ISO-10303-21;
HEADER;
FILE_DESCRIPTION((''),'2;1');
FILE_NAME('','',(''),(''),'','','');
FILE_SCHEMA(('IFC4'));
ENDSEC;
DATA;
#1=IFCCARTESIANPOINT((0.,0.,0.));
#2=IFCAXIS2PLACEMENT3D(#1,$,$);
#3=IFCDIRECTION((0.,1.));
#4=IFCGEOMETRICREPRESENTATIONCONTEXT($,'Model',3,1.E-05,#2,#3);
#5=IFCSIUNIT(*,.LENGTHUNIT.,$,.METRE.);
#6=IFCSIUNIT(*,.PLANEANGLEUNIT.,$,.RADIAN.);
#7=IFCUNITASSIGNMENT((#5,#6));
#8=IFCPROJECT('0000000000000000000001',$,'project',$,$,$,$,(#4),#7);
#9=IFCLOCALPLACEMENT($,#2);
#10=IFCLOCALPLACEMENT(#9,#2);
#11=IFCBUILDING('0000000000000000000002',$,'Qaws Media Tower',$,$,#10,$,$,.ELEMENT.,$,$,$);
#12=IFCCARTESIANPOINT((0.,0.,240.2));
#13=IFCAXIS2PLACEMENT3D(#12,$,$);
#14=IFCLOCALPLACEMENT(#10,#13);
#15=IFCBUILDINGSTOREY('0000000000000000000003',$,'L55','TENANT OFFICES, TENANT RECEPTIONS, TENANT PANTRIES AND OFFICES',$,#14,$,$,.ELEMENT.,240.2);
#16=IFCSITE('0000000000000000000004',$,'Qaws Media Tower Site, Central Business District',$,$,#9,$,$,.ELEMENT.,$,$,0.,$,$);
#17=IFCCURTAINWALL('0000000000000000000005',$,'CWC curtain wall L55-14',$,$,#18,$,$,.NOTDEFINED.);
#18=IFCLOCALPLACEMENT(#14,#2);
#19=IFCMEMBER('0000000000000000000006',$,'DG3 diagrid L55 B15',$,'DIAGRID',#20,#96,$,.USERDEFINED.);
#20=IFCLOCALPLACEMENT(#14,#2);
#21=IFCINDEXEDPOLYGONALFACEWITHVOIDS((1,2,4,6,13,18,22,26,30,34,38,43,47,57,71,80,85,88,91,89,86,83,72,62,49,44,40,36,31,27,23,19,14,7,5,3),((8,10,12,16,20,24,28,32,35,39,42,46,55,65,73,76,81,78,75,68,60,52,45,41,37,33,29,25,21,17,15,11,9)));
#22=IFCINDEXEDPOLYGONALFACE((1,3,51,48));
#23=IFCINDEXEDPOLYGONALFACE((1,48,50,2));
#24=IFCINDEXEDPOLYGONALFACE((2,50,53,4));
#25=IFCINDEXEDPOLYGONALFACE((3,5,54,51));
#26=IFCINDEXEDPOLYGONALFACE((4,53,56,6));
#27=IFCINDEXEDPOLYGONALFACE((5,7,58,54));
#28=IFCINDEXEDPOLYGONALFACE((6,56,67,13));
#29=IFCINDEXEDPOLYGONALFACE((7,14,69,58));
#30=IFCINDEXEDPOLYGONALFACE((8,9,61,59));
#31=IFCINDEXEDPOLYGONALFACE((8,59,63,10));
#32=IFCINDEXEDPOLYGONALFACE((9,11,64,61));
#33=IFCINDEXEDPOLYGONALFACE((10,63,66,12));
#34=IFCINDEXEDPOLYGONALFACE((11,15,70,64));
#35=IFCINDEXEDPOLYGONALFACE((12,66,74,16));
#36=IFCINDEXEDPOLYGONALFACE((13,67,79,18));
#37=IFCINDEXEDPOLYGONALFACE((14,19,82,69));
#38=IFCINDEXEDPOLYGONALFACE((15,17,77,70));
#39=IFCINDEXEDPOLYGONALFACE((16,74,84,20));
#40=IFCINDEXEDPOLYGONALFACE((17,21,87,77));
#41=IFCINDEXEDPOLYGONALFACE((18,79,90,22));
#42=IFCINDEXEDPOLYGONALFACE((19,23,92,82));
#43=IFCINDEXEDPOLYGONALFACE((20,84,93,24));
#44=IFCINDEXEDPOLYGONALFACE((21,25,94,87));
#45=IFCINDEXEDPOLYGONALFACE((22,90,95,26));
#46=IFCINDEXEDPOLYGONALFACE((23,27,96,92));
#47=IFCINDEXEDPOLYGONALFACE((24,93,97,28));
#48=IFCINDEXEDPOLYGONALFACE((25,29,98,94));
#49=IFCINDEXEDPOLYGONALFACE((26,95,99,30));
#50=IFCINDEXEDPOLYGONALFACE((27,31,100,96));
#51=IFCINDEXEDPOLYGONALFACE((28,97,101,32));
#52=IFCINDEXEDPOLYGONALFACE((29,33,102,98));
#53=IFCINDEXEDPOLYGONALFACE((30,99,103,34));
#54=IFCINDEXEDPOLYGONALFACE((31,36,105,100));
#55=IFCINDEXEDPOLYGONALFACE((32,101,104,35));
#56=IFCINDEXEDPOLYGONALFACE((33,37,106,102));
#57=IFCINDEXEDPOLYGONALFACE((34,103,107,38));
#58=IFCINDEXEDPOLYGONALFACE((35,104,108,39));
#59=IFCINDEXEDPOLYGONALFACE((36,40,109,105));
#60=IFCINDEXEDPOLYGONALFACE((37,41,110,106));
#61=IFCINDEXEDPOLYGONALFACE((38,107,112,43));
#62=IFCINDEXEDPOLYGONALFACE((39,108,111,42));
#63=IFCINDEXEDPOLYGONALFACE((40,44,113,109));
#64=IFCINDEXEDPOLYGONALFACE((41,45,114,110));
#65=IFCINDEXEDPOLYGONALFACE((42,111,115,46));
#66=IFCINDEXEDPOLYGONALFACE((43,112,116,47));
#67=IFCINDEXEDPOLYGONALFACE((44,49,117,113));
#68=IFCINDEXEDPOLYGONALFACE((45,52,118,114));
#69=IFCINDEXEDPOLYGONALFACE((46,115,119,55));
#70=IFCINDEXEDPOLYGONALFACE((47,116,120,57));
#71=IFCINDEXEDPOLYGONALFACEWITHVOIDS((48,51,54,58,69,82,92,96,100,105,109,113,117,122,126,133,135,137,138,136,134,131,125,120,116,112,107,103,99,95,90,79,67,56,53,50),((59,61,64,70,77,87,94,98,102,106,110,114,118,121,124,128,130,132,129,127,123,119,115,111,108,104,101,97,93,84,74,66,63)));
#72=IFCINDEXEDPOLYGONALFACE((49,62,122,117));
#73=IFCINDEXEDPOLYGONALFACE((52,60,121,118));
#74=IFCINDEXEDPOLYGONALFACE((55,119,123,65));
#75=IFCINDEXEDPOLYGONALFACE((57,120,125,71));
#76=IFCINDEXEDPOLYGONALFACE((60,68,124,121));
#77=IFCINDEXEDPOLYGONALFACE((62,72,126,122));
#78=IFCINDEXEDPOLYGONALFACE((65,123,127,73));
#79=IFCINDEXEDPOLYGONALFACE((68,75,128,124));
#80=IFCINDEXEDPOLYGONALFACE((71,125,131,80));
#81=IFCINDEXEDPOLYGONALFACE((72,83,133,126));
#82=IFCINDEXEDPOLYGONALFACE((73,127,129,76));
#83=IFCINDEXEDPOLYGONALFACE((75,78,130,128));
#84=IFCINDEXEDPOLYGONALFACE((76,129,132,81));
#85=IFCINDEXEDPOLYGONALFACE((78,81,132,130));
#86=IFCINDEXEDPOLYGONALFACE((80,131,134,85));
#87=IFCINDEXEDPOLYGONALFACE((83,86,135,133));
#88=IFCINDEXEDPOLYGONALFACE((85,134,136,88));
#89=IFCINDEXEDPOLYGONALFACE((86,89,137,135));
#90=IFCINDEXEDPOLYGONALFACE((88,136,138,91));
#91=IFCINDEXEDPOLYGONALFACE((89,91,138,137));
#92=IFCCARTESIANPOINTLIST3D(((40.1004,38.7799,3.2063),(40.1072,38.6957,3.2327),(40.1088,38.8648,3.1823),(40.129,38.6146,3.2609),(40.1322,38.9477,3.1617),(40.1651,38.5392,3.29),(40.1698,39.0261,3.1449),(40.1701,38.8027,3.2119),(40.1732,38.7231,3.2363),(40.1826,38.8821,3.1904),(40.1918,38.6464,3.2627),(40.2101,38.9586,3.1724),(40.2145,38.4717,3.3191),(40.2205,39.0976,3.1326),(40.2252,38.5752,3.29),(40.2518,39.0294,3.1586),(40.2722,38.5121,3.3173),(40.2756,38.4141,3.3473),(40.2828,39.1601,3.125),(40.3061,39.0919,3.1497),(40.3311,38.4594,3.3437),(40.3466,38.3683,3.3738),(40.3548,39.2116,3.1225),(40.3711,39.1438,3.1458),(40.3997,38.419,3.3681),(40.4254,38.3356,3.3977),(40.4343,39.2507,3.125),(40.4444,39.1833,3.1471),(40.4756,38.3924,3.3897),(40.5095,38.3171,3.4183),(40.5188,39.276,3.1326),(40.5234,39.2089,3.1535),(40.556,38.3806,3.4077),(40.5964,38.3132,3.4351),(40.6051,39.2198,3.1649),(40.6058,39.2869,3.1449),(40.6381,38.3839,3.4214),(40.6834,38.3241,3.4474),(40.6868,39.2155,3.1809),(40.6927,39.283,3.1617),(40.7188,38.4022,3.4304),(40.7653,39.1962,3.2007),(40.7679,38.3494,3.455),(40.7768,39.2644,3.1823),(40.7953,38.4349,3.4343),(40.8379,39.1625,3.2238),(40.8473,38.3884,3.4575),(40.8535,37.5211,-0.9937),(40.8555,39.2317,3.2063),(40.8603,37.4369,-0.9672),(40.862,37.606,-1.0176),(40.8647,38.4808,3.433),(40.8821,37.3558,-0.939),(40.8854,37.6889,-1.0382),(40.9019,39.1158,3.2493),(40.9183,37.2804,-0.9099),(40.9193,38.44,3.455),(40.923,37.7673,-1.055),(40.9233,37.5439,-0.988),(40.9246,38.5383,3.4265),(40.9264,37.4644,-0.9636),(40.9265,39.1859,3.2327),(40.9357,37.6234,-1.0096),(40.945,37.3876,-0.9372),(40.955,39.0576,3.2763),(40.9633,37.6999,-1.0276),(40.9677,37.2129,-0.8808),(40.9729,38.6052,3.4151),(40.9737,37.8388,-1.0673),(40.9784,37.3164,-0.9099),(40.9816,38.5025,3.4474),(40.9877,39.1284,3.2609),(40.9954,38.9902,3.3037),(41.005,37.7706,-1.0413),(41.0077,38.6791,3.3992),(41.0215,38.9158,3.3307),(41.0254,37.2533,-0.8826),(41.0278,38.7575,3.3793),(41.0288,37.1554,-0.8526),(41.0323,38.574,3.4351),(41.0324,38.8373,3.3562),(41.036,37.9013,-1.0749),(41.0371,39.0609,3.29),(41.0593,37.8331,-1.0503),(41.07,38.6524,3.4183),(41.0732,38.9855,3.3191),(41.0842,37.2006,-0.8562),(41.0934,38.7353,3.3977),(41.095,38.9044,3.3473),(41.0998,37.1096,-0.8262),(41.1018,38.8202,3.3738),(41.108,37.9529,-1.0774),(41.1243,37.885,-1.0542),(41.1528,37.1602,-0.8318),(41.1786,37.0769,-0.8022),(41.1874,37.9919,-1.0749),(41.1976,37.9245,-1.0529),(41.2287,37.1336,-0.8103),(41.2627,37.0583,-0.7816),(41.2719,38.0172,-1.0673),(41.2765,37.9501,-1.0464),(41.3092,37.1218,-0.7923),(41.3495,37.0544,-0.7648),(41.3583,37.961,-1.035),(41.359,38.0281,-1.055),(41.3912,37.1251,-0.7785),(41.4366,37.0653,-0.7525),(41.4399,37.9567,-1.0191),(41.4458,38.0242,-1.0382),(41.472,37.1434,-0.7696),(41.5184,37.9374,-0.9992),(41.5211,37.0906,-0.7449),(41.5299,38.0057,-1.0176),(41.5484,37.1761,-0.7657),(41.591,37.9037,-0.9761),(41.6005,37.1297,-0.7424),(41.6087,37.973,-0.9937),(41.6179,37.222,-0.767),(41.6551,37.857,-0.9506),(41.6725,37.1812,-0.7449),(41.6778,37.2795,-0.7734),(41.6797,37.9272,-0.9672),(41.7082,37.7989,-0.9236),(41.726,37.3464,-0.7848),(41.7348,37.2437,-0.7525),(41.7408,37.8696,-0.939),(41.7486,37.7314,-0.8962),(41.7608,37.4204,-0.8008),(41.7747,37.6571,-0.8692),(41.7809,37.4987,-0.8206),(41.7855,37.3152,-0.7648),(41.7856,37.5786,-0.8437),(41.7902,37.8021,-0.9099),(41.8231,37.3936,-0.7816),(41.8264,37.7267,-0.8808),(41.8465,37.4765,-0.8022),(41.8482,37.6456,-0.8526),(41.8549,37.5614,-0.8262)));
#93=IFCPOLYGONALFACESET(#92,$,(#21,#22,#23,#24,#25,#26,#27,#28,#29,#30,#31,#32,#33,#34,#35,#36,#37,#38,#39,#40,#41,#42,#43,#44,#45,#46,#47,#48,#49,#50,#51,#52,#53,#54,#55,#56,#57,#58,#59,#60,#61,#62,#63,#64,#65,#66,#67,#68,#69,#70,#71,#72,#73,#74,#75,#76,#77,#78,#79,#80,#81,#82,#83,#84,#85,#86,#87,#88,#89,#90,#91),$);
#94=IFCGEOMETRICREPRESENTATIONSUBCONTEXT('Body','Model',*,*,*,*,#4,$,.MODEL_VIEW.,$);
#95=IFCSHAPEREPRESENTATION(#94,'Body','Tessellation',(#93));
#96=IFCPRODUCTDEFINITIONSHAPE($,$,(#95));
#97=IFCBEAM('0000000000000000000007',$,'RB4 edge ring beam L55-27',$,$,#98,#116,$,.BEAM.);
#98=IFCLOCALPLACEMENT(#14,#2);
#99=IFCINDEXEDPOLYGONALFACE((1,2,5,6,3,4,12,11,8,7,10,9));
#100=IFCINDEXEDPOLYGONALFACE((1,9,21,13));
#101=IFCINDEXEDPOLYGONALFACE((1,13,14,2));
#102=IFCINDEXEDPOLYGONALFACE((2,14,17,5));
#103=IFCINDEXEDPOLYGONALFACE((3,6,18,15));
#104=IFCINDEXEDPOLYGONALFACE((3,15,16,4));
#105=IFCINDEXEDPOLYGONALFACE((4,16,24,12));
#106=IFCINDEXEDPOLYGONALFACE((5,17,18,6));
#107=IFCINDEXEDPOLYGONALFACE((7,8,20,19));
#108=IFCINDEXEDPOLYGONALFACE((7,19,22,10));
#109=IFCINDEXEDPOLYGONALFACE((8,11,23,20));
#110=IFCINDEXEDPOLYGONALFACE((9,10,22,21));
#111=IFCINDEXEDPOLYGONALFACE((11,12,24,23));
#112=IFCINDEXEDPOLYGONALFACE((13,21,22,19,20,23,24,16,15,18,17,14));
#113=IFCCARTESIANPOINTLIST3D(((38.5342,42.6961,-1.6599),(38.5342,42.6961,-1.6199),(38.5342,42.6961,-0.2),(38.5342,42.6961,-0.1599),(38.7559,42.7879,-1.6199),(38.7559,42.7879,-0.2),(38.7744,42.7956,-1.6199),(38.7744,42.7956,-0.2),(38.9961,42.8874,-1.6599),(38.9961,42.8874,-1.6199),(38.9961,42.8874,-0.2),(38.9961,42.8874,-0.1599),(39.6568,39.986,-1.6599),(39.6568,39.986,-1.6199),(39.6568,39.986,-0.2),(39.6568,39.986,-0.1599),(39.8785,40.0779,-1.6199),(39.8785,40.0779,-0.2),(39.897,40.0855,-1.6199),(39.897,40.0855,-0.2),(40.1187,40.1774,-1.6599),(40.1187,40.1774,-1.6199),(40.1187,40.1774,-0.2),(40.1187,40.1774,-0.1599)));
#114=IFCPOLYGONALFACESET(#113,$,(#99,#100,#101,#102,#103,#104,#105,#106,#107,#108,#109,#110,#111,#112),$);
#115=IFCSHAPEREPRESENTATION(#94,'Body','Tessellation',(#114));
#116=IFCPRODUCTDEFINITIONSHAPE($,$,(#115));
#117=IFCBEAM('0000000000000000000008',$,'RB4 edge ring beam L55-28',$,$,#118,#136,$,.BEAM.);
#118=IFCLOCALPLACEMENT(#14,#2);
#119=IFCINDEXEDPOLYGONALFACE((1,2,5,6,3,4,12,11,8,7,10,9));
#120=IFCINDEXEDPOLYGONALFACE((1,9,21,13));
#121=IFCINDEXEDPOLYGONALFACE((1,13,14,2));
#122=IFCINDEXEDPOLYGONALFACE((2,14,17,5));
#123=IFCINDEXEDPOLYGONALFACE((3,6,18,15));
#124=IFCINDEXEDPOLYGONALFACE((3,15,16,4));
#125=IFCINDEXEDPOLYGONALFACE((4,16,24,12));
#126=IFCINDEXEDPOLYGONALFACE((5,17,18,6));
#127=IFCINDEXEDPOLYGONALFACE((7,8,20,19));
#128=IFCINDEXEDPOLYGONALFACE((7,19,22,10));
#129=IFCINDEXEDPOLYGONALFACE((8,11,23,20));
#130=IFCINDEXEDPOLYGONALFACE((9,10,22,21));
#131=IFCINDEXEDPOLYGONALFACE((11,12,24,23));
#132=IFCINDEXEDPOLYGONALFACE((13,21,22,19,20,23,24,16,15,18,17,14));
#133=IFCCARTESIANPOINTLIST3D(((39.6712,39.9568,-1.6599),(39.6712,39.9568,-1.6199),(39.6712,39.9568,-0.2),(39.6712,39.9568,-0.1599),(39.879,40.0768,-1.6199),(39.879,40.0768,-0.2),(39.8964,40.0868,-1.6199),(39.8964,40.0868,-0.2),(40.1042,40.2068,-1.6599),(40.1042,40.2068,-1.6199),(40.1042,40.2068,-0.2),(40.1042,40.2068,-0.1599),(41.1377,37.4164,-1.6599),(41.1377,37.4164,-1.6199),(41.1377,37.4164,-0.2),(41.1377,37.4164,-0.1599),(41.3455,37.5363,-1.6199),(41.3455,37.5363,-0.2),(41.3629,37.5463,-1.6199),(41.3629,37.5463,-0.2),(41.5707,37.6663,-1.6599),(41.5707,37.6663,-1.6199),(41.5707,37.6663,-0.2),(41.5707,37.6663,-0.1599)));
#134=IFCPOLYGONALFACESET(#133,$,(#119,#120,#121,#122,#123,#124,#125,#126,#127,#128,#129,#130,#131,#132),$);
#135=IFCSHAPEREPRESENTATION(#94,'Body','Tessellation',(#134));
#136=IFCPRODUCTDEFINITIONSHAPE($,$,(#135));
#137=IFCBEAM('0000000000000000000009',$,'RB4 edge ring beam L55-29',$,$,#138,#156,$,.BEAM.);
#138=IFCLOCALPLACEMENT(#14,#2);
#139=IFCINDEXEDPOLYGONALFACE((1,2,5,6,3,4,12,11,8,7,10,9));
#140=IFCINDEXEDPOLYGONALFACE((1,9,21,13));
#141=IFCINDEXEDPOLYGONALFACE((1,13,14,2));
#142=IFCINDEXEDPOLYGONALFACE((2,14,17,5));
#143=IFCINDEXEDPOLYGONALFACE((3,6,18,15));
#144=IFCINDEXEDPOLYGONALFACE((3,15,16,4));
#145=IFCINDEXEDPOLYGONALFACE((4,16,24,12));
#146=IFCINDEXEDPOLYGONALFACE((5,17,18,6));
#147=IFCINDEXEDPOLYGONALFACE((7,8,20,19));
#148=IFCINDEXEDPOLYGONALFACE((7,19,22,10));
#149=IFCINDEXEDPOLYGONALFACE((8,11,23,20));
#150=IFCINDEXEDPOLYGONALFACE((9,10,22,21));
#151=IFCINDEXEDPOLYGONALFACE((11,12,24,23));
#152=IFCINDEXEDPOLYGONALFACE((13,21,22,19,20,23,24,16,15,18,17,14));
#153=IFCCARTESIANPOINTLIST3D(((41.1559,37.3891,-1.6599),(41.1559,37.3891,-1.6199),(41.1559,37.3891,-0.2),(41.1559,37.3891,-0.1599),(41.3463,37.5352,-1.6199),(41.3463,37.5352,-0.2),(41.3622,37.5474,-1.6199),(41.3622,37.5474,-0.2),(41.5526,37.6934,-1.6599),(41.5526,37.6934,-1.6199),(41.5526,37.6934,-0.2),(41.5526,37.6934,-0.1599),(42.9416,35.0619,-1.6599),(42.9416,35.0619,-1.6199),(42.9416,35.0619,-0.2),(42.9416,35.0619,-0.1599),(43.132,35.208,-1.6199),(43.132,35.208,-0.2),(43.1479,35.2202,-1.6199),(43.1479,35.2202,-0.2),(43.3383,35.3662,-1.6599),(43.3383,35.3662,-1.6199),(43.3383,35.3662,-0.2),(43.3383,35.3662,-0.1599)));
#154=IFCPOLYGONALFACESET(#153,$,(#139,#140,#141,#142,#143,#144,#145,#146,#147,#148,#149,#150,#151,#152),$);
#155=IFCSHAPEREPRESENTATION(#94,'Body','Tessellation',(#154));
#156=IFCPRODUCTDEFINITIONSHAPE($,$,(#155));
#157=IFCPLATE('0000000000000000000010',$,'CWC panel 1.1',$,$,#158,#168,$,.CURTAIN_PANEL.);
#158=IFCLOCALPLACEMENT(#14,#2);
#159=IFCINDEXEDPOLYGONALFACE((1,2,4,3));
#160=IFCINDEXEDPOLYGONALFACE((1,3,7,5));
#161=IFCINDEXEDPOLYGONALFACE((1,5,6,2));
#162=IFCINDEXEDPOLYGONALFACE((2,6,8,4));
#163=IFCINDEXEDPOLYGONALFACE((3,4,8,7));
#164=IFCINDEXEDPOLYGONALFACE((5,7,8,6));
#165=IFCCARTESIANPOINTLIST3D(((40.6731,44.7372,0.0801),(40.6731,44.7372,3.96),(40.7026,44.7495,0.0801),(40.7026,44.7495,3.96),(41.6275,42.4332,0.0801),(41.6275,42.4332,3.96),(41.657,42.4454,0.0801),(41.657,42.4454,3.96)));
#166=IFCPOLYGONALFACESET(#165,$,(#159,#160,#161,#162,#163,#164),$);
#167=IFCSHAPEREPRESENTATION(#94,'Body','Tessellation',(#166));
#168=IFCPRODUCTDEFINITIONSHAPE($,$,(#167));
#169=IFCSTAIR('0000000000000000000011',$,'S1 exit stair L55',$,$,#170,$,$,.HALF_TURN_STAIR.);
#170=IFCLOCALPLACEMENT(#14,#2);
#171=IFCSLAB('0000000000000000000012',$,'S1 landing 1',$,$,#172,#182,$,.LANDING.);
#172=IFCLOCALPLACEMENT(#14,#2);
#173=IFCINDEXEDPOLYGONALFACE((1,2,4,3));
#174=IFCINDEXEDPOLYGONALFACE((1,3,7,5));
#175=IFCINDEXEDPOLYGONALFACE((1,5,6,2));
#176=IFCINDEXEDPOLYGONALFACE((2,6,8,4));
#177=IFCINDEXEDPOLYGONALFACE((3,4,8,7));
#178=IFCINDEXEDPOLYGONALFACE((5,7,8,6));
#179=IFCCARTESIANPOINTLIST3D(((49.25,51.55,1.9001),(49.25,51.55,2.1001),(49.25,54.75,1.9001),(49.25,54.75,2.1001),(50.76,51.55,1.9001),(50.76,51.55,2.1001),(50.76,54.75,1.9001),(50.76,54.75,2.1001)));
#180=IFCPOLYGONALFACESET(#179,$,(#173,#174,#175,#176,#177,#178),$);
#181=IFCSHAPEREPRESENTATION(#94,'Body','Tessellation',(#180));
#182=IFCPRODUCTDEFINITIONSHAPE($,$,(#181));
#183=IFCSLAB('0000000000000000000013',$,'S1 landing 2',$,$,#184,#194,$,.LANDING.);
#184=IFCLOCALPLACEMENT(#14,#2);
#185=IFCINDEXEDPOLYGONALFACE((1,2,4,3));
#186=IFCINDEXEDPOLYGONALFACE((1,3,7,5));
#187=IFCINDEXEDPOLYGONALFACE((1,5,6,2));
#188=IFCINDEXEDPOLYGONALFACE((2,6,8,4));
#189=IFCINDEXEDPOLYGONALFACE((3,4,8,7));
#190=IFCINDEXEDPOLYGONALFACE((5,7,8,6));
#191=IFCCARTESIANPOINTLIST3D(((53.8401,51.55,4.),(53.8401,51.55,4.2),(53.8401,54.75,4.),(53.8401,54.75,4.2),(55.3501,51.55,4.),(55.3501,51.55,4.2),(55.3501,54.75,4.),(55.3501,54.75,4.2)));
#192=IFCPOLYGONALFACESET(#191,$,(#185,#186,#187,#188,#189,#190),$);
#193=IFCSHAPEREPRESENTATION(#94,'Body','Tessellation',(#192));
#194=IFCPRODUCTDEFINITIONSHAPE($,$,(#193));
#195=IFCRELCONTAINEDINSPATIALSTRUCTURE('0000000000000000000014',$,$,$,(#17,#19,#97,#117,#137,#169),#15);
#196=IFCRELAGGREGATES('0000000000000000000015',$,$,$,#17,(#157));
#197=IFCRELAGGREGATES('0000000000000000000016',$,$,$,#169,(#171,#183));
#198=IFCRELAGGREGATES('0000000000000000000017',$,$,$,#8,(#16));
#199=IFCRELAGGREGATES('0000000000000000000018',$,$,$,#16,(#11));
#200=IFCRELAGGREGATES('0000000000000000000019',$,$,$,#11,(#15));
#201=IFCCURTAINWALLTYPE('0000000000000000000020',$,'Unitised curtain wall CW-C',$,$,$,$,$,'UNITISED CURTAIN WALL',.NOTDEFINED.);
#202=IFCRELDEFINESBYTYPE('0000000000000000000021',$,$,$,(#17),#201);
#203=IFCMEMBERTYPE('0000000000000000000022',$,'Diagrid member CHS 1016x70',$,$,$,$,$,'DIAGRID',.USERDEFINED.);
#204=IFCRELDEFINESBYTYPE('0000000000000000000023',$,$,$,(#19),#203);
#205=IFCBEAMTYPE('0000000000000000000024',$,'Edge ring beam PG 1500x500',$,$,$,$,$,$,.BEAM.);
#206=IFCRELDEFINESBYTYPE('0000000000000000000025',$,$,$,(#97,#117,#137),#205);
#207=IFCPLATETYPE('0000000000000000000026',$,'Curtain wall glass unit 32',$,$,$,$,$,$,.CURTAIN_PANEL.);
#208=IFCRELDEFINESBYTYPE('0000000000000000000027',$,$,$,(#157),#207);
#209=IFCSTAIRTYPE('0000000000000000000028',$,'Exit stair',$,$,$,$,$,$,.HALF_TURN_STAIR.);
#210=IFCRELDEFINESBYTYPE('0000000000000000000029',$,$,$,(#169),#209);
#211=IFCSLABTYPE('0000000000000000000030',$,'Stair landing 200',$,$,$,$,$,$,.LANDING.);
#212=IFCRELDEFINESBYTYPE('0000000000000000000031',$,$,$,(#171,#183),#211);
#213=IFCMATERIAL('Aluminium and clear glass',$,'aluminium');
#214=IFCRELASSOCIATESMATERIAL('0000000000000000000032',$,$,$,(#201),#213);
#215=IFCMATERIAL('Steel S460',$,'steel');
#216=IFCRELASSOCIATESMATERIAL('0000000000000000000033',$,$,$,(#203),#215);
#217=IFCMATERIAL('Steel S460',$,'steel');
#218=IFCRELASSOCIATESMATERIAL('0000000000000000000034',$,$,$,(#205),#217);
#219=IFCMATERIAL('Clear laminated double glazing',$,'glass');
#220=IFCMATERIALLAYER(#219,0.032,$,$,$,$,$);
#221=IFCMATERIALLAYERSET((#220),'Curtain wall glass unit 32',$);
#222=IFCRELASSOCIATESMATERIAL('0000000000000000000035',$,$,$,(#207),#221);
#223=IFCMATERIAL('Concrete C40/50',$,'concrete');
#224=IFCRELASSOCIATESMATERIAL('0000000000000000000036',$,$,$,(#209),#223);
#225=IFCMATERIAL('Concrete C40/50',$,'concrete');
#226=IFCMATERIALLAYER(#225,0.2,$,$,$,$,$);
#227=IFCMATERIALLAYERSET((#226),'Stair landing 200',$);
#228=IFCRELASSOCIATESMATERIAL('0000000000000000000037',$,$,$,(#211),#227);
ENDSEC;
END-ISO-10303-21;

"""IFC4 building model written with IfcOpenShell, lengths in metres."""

from ifc_helpers import new_model, si_unit, direction, frame, origin, origin_2d, place, context, subcontext, project, spatial, polyline, rectangle, hollow_circle, i_section, outline, extrude, material, layer, layer_set, material_profile, profile_set, type_object, element, aggregate, save


model = new_model("IFC4")

# Units and contexts
model_context = context("Model", 3, precision=1e-05, world=origin(), true_north=direction((0.0, 1.0)))
body_context = subcontext(model_context, "Body", "Model", "MODEL_VIEW")
ifc_project = project(units=[si_unit("LENGTHUNIT", "METRE"), si_unit("PLANEANGLEUNIT", "RADIAN")], contexts=[model_context])

# Site, building, storey
site_placement = place(None, origin())
site = spatial("IfcSite", under=ifc_project, at=site_placement, Name="Qaws Media Tower Site, Central Business District", CompositionType="ELEMENT", RefElevation=0.0)
building_placement = place(site_placement, origin())
building = spatial("IfcBuilding", under=site, at=building_placement, Name="Qaws Media Tower", CompositionType="ELEMENT")
storey_placement = place(building_placement, frame((0.0, 0.0, 240.2)))
storey = spatial("IfcBuildingStorey", under=building, at=storey_placement, Name="L55", Description="TENANT OFFICES, TENANT RECEPTIONS, TENANT PANTRIES AND OFFICES", CompositionType="ELEMENT", Elevation=240.2)

# Curtain wall
ifc_material_1 = material(Name="Aluminium and clear glass", Category="aluminium")
curtain_wall_type = type_object("IfcCurtainWallType", Name="Unitised curtain wall CW-C", ElementType="UNITISED CURTAIN WALL", PredefinedType="NOTDEFINED", material=ifc_material_1)
curtain_wall_placement = place(storey_placement, origin())
curtain_wall = element("IfcCurtainWall", 1, at=curtain_wall_placement, inside=storey, type_object=curtain_wall_type, Name="CWC curtain wall L55-14", PredefinedType="NOTDEFINED")

# Member
ifc_material_2 = material(Name="Steel S460", Category="steel")
ifc_material_profile_1 = material_profile(ifc_material_2, hollow_circle(Radius=0.5081, WallThickness=0.0701, at=origin_2d()), Name="CHS 1016x70")
ifc_profile_set_1 = profile_set([ifc_material_profile_1], Name="Steel S460")
member_type_1 = type_object("IfcMemberType", Name="Diagrid member CHS 1016x70", ElementType="DIAGRID", PredefinedType="USERDEFINED", material=ifc_profile_set_1)
for number, where, z_axis, x_axis, name in (
    (2, (41.3542, 37.5413, -0.9099), (-0.1693, 0.282953, 0.944074), (-0.858124, -0.513443, 0.0), "DG3 diagrid L55 B15"),
):
    element("IfcMember", number, at=place(storey_placement, frame(where, z_axis=z_axis, x_axis=x_axis)), inside=storey, type_object=member_type_1, Name=name, ObjectType="DIAGRID", PredefinedType="USERDEFINED", context=body_context, shape_type="SweptSolid", body=[
        extrude(hollow_circle(Radius=0.5081, WallThickness=0.0701, at=origin_2d()), origin(), (0.0, 0.0, 1.0), 4.4487),
    ])

# Beams
ifc_material_3 = material(Name="Steel S460", Category="steel")
ifc_material_profile_2 = material_profile(ifc_material_3, i_section(OverallWidth=0.5, OverallDepth=1.5, WebThickness=0.02, FlangeThickness=0.04, at=origin_2d()), Name="PG 1500x500")
ifc_profile_set_2 = profile_set([ifc_material_profile_2], Name="Steel S460")
beam_type = type_object("IfcBeamType", Name="Edge ring beam PG 1500x500", PredefinedType="BEAM", material=ifc_profile_set_2)
for number, where, z_axis, x_axis, name in (
    (3, (38.7651, 42.7917, -0.9099), (0.3827, -0.923873, 0.0), (0.923873, 0.3827, 0.0), "RB4 edge ring beam L55-27"),
    (4, (39.8877, 40.0818, -0.9099), (0.499943, -0.866058, 0.0), (0.866058, 0.499943, 0.0), "RB4 edge ring beam L55-28"),
    (5, (41.3542, 37.5413, -0.9099), (0.608753, -0.79336, 0.0), (0.79336, 0.608753, 0.0), "RB4 edge ring beam L55-29"),
):
    element("IfcBeam", number, at=place(storey_placement, frame(where, z_axis=z_axis, x_axis=x_axis)), inside=storey, type_object=beam_type, Name=name, PredefinedType="BEAM", context=body_context, shape_type="SweptSolid", body=[
        extrude(i_section(OverallWidth=0.5, OverallDepth=1.5, WebThickness=0.02, FlangeThickness=0.04, at=origin_2d()), origin(), (0.0, 0.0, 1.0), 2.9333),
    ])

# Plate
ifc_material_4 = material(Name="Clear laminated double glazing", Category="glass")
ifc_layer_1 = layer(ifc_material_4, 0.032)
ifc_layer_set_1 = layer_set([ifc_layer_1], Name="Curtain wall glass unit 32")
plate_type = type_object("IfcPlateType", Name="Curtain wall glass unit 32", PredefinedType="CURTAIN_PANEL", material=ifc_layer_set_1)
plate_placement = place(storey_placement, frame((41.165, 43.5913, 0.0801), z_axis=(0.0, 0.0, 1.0), x_axis=(0.382683, -0.92388, 0.0)))
plate = element("IfcPlate", 6, at=plate_placement, type_object=plate_type, Name="CWC panel 1.1", PredefinedType="CURTAIN_PANEL", context=body_context, shape_type="SweptSolid", body=[
    extrude(rectangle(XDim=2.4939, YDim=0.032, at=origin_2d()), origin(), (0.0, 0.0, 1.0), 3.8799),
])
aggregate(curtain_wall, [plate])

# Stair, slabs
ifc_material_5 = material(Name="Concrete C40/50", Category="concrete")
stair_type = type_object("IfcStairType", Name="Exit stair", PredefinedType="HALF_TURN_STAIR", material=ifc_material_5)
stair_1_placement = place(storey_placement, origin())
stair_1 = element("IfcStair", 7, at=stair_1_placement, inside=storey, type_object=stair_type, Name="S1 exit stair L55", PredefinedType="HALF_TURN_STAIR")
ifc_material_6 = material(Name="Concrete C40/50", Category="concrete")
ifc_layer_2 = layer(ifc_material_6, 0.2)
ifc_layer_set_2 = layer_set([ifc_layer_2], Name="Stair landing 200")
slab_type = type_object("IfcSlabType", Name="Stair landing 200", PredefinedType="LANDING", material=ifc_layer_set_2)
slab_1_placement = place(storey_placement, frame((0.0, 0.0, 1.9001)))
slab_1 = element("IfcSlab", 8, at=slab_1_placement, type_object=slab_type, Name="S1 landing 1", PredefinedType="LANDING", context=body_context, shape_type="SweptSolid", body=[
    extrude(outline(polyline([(49.25, 51.55), (50.76, 51.55), (50.76, 54.75), (49.25, 54.75), (49.25, 51.55)])), origin(), (0.0, 0.0, 1.0), 0.2),
])
slab_2_placement = place(storey_placement, frame((0.0, 0.0, 4.0)))
slab_2 = element("IfcSlab", 9, at=slab_2_placement, type_object=slab_type, Name="S1 landing 2", PredefinedType="LANDING", context=body_context, shape_type="SweptSolid", body=[
    extrude(outline(polyline([(53.8401, 51.55), (55.3501, 51.55), (55.3501, 54.75), (53.8401, 54.75), (53.8401, 51.55)])), origin(), (0.0, 0.0, 1.0), 0.2),
])
aggregate(stair_1, [slab_1, slab_2])

save(model, "model.ifc")
